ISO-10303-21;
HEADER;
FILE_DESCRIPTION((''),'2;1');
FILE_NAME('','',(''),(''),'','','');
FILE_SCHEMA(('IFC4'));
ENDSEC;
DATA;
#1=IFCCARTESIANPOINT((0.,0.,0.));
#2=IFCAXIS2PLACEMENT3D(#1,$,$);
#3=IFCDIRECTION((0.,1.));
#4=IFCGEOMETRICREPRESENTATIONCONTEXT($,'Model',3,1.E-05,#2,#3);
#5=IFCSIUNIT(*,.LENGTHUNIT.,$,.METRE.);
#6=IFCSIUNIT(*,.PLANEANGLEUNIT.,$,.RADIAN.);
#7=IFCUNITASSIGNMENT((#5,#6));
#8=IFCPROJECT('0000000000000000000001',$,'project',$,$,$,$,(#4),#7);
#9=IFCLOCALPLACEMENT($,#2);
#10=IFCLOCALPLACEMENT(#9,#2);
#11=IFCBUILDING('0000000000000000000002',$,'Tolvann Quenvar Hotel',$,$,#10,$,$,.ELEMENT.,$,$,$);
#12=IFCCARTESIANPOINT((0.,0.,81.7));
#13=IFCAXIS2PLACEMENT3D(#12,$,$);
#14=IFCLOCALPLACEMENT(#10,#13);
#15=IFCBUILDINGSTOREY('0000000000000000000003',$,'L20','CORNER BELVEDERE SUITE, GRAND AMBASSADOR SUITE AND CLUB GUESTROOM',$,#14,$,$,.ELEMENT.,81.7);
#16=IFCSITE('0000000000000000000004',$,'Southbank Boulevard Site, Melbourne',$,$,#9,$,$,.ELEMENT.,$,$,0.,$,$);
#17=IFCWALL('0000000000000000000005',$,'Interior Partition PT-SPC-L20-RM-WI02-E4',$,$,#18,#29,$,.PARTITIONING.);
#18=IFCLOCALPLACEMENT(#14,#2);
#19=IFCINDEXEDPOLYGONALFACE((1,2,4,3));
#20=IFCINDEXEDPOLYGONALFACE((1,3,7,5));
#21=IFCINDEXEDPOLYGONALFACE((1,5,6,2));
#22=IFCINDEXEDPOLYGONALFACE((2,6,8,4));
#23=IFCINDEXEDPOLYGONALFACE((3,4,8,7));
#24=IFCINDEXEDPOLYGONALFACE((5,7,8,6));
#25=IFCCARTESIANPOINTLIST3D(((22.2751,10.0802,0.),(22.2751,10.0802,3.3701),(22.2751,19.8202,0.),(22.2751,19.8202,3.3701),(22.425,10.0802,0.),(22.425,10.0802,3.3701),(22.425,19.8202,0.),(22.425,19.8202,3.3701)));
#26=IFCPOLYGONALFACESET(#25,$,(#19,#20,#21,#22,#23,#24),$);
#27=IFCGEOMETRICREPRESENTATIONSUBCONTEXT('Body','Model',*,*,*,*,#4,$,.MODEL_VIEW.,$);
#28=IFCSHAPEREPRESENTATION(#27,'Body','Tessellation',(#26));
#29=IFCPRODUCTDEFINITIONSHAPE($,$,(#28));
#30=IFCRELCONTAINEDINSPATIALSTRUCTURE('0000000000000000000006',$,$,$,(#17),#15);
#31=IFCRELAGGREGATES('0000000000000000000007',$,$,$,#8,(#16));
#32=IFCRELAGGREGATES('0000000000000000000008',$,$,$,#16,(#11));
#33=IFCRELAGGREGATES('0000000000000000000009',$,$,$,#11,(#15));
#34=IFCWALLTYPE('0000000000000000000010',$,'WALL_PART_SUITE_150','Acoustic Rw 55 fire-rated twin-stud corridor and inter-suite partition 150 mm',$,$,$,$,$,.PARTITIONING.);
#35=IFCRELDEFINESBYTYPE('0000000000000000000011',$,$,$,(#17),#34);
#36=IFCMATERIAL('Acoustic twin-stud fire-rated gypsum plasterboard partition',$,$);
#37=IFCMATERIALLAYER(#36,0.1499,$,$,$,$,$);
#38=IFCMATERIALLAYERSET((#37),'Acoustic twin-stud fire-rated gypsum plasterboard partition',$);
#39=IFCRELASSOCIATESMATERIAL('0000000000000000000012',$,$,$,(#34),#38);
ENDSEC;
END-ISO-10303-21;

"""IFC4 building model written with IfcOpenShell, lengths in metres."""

from ifc_helpers import new_model, si_unit, direction, frame, frame_2d, origin, place, context, subcontext, project, spatial, rectangle, extrude, material, layer, layer_set, type_object, element, save


model = new_model("IFC4")

# Units and contexts
model_context = context("Model", 3, precision=1e-05, world=origin(), true_north=direction((0.0, 1.0)))
body_context = subcontext(model_context, "Body", "Model", "MODEL_VIEW")
ifc_project = project(units=[si_unit("LENGTHUNIT", "METRE"), si_unit("PLANEANGLEUNIT", "RADIAN")], contexts=[model_context])

# Site, building, storey
site_placement = place(None, origin())
site = spatial("IfcSite", under=ifc_project, at=site_placement, Name="Southbank Boulevard Site, Melbourne", CompositionType="ELEMENT", RefElevation=0.0)
building_placement = place(site_placement, origin())
building = spatial("IfcBuilding", under=site, at=building_placement, Name="Tolvann Quenvar Hotel", CompositionType="ELEMENT")
storey_placement = place(building_placement, frame((0.0, 0.0, 81.7)))
storey = spatial("IfcBuildingStorey", under=building, at=storey_placement, Name="L20", Description="CORNER BELVEDERE SUITE, GRAND AMBASSADOR SUITE AND CLUB GUESTROOM", CompositionType="ELEMENT", Elevation=81.7)

# Shared definitions
ifc_material_1 = material(Name="Acoustic twin-stud fire-rated gypsum plasterboard partition")
ifc_layer_1 = layer(ifc_material_1, 0.1499)
ifc_layer_set_1 = layer_set([ifc_layer_1], Name="Acoustic twin-stud fire-rated gypsum plasterboard partition")
wall_type_1 = type_object("IfcWallType", Name="WALL_PART_SUITE_150", Description="Acoustic Rw 55 fire-rated twin-stud corridor and inter-suite partition 150 mm", PredefinedType="PARTITIONING", material=ifc_layer_set_1)

# Wall
wall_1_placement = place(storey_placement, frame((22.3501, 10.0801, 0.0), z_axis=(0.0, 0.0, 1.0), x_axis=(0.0, 1.0, 0.0)))
element("IfcWall", 1, at=wall_1_placement, inside=storey, type_object=wall_type_1, Name="Interior Partition PT-SPC-L20-RM-WI02-E4", PredefinedType="PARTITIONING", context=body_context, shape_type="SweptSolid", body=[
    extrude(rectangle(XDim=9.74, YDim=0.1499, at=frame_2d((4.8701, 0.0))), origin(), (0.0, 0.0, 1.0), 3.3701),
])

save(model, "model.ifc")
